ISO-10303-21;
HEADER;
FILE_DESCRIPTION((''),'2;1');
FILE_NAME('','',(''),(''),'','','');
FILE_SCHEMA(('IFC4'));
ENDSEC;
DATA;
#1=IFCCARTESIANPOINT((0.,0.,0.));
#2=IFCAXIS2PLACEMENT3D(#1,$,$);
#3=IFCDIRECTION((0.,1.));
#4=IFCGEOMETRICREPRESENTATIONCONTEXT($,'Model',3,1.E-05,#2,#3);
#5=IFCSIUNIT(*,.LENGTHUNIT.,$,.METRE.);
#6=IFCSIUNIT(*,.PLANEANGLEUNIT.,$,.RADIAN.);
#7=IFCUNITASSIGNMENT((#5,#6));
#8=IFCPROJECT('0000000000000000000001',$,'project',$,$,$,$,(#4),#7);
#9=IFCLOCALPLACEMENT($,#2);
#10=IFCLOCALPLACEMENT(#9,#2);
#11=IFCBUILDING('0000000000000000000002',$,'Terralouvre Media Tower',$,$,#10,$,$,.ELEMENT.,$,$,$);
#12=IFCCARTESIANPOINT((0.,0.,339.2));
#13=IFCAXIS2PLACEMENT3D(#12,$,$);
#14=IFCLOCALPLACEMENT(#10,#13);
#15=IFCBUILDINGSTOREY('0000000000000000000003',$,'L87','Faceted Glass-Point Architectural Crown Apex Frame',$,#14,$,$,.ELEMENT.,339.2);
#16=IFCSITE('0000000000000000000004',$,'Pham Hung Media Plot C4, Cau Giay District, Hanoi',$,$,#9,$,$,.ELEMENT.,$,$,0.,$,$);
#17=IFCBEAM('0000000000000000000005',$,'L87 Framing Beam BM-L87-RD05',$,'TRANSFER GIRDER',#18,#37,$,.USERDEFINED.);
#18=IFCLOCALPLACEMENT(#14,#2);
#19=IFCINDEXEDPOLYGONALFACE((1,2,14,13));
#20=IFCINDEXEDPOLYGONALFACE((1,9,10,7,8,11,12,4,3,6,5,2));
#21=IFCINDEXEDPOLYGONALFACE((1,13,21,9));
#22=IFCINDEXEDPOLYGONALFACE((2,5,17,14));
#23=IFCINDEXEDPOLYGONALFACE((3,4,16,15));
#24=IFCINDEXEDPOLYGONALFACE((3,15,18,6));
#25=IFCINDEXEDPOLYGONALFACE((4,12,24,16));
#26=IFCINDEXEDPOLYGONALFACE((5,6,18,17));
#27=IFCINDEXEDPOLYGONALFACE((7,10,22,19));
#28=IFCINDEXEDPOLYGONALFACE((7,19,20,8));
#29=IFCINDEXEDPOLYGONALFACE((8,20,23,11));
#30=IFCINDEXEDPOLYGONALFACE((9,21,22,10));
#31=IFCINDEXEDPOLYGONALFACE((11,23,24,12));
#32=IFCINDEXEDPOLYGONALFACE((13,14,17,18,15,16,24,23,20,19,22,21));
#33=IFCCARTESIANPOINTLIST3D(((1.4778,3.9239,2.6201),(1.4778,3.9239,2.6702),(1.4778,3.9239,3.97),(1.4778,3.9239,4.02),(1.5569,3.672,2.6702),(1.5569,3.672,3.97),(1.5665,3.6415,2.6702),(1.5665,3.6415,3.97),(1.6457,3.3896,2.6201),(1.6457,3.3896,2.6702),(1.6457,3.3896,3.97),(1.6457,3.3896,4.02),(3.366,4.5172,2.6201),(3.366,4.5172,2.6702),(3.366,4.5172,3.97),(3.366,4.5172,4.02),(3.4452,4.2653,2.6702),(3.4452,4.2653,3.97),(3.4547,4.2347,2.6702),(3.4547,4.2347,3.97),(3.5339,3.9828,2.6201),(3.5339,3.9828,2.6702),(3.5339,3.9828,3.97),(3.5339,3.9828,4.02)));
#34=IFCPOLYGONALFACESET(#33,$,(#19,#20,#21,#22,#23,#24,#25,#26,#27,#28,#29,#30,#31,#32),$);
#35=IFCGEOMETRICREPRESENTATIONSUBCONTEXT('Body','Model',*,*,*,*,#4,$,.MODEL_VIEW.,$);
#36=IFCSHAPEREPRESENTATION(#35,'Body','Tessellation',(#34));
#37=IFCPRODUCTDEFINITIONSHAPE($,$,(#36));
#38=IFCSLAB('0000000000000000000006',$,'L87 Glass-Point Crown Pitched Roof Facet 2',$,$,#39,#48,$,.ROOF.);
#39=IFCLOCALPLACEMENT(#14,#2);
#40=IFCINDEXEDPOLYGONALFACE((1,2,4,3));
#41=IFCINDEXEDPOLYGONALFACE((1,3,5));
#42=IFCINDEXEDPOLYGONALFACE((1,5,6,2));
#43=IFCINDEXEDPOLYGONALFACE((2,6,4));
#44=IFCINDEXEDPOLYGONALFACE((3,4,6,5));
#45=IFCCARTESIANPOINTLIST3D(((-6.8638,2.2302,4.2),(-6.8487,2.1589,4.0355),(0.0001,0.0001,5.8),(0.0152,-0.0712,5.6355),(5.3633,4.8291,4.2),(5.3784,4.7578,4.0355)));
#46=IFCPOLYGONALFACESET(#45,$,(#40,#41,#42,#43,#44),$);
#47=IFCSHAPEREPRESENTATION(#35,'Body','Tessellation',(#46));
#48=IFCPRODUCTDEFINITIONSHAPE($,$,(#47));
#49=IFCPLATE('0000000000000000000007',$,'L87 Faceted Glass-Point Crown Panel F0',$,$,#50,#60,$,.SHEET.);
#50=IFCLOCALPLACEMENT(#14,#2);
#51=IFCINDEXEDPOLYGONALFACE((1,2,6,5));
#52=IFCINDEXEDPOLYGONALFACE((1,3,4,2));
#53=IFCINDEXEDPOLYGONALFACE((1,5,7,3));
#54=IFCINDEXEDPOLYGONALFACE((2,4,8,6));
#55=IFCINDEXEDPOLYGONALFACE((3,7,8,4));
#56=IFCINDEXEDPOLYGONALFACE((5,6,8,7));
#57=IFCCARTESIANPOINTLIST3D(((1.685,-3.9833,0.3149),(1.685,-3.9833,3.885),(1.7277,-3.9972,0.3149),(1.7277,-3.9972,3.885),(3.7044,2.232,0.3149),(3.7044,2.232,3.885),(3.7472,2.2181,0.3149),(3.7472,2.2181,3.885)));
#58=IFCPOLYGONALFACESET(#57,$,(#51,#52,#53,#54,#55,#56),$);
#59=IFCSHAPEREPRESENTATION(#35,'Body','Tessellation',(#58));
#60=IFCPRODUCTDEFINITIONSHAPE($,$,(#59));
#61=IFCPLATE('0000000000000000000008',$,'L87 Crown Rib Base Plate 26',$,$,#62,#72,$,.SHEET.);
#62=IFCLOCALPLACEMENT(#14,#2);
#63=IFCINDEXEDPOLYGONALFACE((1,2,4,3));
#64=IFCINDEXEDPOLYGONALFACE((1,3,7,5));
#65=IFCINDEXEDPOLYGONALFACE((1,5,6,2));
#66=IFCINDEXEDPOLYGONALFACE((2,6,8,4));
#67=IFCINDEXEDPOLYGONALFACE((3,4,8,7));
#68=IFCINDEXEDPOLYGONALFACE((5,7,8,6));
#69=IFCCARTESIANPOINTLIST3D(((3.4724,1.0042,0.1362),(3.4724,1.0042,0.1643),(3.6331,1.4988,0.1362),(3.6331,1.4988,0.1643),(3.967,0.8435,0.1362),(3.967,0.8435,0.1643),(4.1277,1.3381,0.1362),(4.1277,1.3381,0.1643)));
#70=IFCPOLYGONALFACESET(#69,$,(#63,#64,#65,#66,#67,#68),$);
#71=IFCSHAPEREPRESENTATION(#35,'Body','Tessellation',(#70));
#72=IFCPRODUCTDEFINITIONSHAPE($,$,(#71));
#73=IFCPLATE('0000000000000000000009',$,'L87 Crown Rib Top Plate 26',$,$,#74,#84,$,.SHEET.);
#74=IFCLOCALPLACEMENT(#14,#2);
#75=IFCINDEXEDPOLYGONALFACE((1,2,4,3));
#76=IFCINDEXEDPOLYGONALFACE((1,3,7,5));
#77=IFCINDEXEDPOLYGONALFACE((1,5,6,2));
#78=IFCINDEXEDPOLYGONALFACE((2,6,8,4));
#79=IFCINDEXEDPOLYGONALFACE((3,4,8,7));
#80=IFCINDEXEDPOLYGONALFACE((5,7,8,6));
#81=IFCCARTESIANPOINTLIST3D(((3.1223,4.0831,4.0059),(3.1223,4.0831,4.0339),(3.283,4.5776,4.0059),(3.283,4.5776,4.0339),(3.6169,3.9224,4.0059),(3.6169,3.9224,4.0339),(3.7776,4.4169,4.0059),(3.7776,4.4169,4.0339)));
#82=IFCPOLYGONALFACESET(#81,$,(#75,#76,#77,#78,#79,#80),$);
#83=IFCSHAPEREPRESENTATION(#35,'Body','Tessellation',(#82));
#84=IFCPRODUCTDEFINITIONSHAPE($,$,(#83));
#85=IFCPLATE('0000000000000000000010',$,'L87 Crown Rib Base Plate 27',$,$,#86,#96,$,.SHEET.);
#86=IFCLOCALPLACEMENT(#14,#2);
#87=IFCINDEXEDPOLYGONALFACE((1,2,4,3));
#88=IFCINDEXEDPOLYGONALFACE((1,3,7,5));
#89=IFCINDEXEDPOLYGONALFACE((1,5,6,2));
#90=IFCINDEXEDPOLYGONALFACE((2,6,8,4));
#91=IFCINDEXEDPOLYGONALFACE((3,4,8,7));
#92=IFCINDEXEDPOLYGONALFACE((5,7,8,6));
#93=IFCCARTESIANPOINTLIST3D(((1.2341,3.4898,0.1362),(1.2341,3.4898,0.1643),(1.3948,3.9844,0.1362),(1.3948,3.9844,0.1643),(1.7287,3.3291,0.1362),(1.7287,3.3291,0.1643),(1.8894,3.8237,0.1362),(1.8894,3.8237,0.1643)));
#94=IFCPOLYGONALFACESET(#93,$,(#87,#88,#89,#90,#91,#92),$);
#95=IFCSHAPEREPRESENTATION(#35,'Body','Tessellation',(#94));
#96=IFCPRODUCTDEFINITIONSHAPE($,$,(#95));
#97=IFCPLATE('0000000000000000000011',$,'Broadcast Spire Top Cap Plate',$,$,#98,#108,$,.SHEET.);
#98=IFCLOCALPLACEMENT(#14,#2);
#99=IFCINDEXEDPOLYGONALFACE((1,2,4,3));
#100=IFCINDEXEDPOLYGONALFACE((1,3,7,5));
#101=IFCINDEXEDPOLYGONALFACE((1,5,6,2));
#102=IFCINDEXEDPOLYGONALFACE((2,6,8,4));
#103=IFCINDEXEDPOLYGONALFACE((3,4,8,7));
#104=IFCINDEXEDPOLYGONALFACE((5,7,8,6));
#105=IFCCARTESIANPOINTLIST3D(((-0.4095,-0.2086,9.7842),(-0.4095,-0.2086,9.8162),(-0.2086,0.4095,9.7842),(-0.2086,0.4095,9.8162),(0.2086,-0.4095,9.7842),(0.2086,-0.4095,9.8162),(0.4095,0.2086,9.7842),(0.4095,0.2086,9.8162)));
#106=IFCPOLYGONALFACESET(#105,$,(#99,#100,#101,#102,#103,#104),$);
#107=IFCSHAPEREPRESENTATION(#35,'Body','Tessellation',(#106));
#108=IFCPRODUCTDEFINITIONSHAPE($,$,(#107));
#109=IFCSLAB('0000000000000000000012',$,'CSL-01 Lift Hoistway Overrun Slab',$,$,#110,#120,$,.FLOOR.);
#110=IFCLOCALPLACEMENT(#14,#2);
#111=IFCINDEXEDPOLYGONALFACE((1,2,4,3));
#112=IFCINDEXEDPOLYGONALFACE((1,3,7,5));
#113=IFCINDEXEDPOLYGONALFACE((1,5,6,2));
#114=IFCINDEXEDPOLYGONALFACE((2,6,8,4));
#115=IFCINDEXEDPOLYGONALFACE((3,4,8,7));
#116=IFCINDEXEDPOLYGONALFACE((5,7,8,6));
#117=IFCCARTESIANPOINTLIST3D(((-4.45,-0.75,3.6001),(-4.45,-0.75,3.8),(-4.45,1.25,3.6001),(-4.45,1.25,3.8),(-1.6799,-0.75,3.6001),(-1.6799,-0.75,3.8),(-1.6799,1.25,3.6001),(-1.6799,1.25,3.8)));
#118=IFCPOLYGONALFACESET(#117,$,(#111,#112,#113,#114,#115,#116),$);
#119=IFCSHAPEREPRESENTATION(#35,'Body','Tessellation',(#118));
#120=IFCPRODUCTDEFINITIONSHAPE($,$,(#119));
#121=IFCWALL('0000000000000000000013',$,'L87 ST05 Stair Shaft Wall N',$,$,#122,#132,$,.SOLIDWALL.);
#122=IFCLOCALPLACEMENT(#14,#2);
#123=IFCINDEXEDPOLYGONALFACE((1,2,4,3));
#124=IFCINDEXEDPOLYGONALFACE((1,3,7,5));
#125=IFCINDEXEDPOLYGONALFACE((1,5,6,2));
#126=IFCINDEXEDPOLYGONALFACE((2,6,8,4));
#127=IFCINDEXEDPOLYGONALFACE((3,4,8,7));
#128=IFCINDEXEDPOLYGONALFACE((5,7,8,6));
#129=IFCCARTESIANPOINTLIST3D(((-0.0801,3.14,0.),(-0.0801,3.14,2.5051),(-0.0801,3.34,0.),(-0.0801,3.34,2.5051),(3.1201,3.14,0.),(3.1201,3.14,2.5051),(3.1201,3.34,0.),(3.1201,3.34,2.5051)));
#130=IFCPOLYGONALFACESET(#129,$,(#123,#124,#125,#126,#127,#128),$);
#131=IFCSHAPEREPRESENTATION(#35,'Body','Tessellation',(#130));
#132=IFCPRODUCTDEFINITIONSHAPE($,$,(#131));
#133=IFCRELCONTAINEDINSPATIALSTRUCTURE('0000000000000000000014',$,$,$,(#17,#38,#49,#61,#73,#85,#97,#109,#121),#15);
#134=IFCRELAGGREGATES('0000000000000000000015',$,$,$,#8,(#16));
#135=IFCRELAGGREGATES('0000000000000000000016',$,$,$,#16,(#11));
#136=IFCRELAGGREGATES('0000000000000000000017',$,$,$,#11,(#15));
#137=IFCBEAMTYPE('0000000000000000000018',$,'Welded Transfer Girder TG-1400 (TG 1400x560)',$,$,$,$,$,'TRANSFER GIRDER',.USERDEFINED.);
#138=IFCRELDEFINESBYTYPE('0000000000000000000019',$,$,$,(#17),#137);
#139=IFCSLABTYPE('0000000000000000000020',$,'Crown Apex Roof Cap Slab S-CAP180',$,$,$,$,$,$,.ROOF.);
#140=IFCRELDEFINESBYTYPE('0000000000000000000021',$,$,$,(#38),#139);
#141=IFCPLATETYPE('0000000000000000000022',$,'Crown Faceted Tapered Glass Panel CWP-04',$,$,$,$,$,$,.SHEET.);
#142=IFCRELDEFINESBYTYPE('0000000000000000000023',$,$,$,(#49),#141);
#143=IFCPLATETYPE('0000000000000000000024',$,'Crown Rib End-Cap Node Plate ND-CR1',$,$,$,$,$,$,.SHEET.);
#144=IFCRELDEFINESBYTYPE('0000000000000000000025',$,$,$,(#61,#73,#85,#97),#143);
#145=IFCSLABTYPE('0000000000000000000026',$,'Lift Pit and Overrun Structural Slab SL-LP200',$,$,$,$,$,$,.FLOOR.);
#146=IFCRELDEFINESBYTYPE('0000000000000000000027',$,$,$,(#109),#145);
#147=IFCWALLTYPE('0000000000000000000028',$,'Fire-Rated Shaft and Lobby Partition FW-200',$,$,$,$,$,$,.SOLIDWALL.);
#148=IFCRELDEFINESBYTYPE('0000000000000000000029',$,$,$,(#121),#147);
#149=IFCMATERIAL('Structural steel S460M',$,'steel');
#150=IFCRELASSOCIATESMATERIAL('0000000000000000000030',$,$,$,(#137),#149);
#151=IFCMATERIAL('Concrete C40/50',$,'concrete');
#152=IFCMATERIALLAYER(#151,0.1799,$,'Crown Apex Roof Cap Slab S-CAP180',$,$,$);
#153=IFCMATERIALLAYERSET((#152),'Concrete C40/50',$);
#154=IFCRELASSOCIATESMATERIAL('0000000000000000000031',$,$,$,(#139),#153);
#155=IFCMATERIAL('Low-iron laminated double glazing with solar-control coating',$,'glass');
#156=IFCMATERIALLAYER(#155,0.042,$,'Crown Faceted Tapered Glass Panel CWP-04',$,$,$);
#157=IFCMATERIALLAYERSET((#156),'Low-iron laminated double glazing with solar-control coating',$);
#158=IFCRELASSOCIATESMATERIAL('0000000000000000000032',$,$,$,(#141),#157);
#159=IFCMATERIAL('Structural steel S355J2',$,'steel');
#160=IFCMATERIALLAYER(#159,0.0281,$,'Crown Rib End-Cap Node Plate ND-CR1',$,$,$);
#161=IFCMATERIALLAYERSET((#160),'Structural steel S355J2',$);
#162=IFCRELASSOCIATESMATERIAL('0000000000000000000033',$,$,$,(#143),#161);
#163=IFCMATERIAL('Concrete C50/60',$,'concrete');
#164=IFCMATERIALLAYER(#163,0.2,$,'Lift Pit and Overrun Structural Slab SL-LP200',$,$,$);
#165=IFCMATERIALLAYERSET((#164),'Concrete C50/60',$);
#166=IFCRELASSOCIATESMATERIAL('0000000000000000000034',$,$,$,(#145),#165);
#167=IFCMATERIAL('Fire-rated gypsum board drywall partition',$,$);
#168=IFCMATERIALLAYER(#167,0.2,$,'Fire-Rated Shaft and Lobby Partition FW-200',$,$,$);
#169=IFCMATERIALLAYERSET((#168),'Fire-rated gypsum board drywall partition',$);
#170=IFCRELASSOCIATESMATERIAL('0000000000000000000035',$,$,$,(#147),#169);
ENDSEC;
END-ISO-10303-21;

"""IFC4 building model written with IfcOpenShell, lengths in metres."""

from ifc_helpers import new_model, si_unit, direction, frame, frame_2d, origin, origin_2d, place, context, subcontext, project, spatial, polyline, rectangle, i_section, outline, extrude, material, layer, layer_set, material_profile, profile_set, type_object, element, save


model = new_model("IFC4")

# Units and contexts
model_context = context("Model", 3, precision=1e-05, world=origin(), true_north=direction((0.0, 1.0)))
body_context = subcontext(model_context, "Body", "Model", "MODEL_VIEW")
ifc_project = project(units=[si_unit("LENGTHUNIT", "METRE"), si_unit("PLANEANGLEUNIT", "RADIAN")], contexts=[model_context])

# Site, building, storey
site_placement = place(None, origin())
site = spatial("IfcSite", under=ifc_project, at=site_placement, Name="Pham Hung Media Plot C4, Cau Giay District, Hanoi", CompositionType="ELEMENT", RefElevation=0.0)
building_placement = place(site_placement, origin())
building = spatial("IfcBuilding", under=site, at=building_placement, Name="Terralouvre Media Tower", CompositionType="ELEMENT")
storey_placement = place(building_placement, frame((0.0, 0.0, 339.2)))
storey = spatial("IfcBuildingStorey", under=building, at=storey_placement, Name="L87", Description="Faceted Glass-Point Architectural Crown Apex Frame", CompositionType="ELEMENT", Elevation=339.2)

# Beam
ifc_material_1 = material(Name="Structural steel S460M", Category="steel")
ifc_material_profile_1 = material_profile(ifc_material_1, i_section(OverallWidth=0.5601, OverallDepth=1.3999, WebThickness=0.032, FlangeThickness=0.05, at=origin_2d()), Name="TG 1400x560")
ifc_profile_set_1 = profile_set([ifc_material_profile_1], Name="Structural steel S460M")
beam_type = type_object("IfcBeamType", Name="Welded Transfer Girder TG-1400 (TG 1400x560)", ElementType="TRANSFER GIRDER", PredefinedType="USERDEFINED", material=ifc_profile_set_1)
beam_1_placement = place(storey_placement, frame((3.45, 4.25, 3.3201), z_axis=(-0.954018, -0.29975, 0.0), x_axis=(0.29975, -0.954018, 0.0)))
element("IfcBeam", 1, at=beam_1_placement, inside=storey, type_object=beam_type, Name="L87 Framing Beam BM-L87-RD05", ObjectType="TRANSFER GIRDER", PredefinedType="USERDEFINED", context=body_context, shape_type="SweptSolid", body=[
    extrude(i_section(OverallWidth=0.5601, OverallDepth=1.3999, WebThickness=0.032, FlangeThickness=0.05, at=origin_2d()), origin(), (0.0, 0.0, 1.0), 1.9792),
])

# Slab
ifc_material_2 = material(Name="Concrete C40/50", Category="concrete")
ifc_layer_1 = layer(ifc_material_2, 0.1799, Name="Crown Apex Roof Cap Slab S-CAP180")
ifc_layer_set_1 = layer_set([ifc_layer_1], Name="Concrete C40/50")
slab_type_1 = type_object("IfcSlabType", Name="Crown Apex Roof Cap Slab S-CAP180", PredefinedType="ROOF", material=ifc_layer_set_1)
slab_1_placement = place(storey_placement, frame((5.3633, 4.8291, 4.2), z_axis=(-0.084277, 0.396501, 0.914158), x_axis=(-0.978149, -0.207907, 0.0)))
element("IfcSlab", 2, at=slab_1_placement, inside=storey, type_object=slab_type_1, Name="L87 Glass-Point Crown Pitched Roof Facet 2", PredefinedType="ROOF", context=body_context, shape_type="SweptSolid", body=[
    extrude(outline(polyline([(0.0, 0.0), (12.5002, 0.0), (6.25, 3.9473), (0.0, 0.0)])), origin(), (0.0, 0.0, -1.0), 0.1799),
])

# Plates
ifc_material_3 = material(Name="Low-iron laminated double glazing with solar-control coating", Category="glass")
ifc_layer_2 = layer(ifc_material_3, 0.042, Name="Crown Faceted Tapered Glass Panel CWP-04")
ifc_layer_set_2 = layer_set([ifc_layer_2], Name="Low-iron laminated double glazing with solar-control coating")
plate_type_1 = type_object("IfcPlateType", Name="Crown Faceted Tapered Glass Panel CWP-04", PredefinedType="SHEET", material=ifc_layer_set_2)
plate_1_placement = place(storey_placement, frame((2.7161, -0.8826, 0.3149), z_axis=(0.0, 0.0, 1.0), x_axis=(0.309017, 0.951057, 0.0)))
element("IfcPlate", 3, at=plate_1_placement, inside=storey, type_object=plate_type_1, Name="L87 Faceted Glass-Point Crown Panel F0", PredefinedType="SHEET", context=body_context, shape_type="SweptSolid", body=[
    extrude(rectangle(XDim=6.5352, YDim=0.0449, at=origin_2d()), origin(), (0.0, 0.0, 1.0), 3.5701),
])
ifc_material_4 = material(Name="Structural steel S355J2", Category="steel")
ifc_layer_3 = layer(ifc_material_4, 0.0281, Name="Crown Rib End-Cap Node Plate ND-CR1")
ifc_layer_set_3 = layer_set([ifc_layer_3], Name="Structural steel S355J2")
plate_type_2 = type_object("IfcPlateType", Name="Crown Rib End-Cap Node Plate ND-CR1", PredefinedType="SHEET", material=ifc_layer_set_3)
for number, where, z_axis, x_axis, name in (
    (4, (3.8, 1.1711, 0.1362), (0.0, 0.0, 1.0), (0.309017, 0.951057, 0.0), "L87 Crown Rib Base Plate 26"),
    (5, (3.45, 4.25, 4.0059), (0.0, 0.0, 1.0), (0.309017, 0.951057, 0.0), "L87 Crown Rib Top Plate 26"),
    (6, (1.5618, 3.6567, 0.1362), (0.0, 0.0, 1.0), (0.309017, 0.951057, 0.0), "L87 Crown Rib Base Plate 27"),
):
    element("IfcPlate", number, at=place(storey_placement, frame(where, z_axis=z_axis, x_axis=x_axis)), inside=storey, type_object=plate_type_2, Name=name, PredefinedType="SHEET", context=body_context, shape_type="SweptSolid", body=[
        extrude(rectangle(XDim=0.52, YDim=0.52, at=origin_2d()), origin(), (0.0, 0.0, 1.0), 0.0281),
    ])
plate_2_placement = place(storey_placement, frame((0.0, 0.0, 9.7842), z_axis=(0.0, 0.0, 1.0), x_axis=(0.309017, 0.951057, 0.0)))
element("IfcPlate", 7, at=plate_2_placement, inside=storey, type_object=plate_type_2, Name="Broadcast Spire Top Cap Plate", PredefinedType="SHEET", context=body_context, shape_type="SweptSolid", body=[
    extrude(rectangle(XDim=0.6499, YDim=0.6499, at=origin_2d()), origin(), (0.0, 0.0, 1.0), 0.032),
])

# Slab
ifc_material_5 = material(Name="Concrete C50/60", Category="concrete")
ifc_layer_4 = layer(ifc_material_5, 0.2, Name="Lift Pit and Overrun Structural Slab SL-LP200")
ifc_layer_set_4 = layer_set([ifc_layer_4], Name="Concrete C50/60")
slab_type_2 = type_object("IfcSlabType", Name="Lift Pit and Overrun Structural Slab SL-LP200", PredefinedType="FLOOR", material=ifc_layer_set_4)
slab_2_placement = place(storey_placement, frame((0.0, 0.0, 3.6001)))
element("IfcSlab", 8, at=slab_2_placement, inside=storey, type_object=slab_type_2, Name="CSL-01 Lift Hoistway Overrun Slab", PredefinedType="FLOOR", context=body_context, shape_type="SweptSolid", body=[
    extrude(outline(polyline([(-4.45, -0.75), (-1.6799, -0.75), (-1.6799, 1.25), (-4.45, 1.25), (-4.45, -0.75)])), origin(), (0.0, 0.0, 1.0), 0.2),
])

# Wall
ifc_material_6 = material(Name="Fire-rated gypsum board drywall partition")
ifc_layer_5 = layer(ifc_material_6, 0.2, Name="Fire-Rated Shaft and Lobby Partition FW-200")
ifc_layer_set_5 = layer_set([ifc_layer_5], Name="Fire-rated gypsum board drywall partition")
wall_type = type_object("IfcWallType", Name="Fire-Rated Shaft and Lobby Partition FW-200", PredefinedType="SOLIDWALL", material=ifc_layer_set_5)
wall_placement = place(storey_placement, frame((3.1201, 3.24, 0.0), z_axis=(0.0, 0.0, 1.0), x_axis=(-1.0, 0.0, 0.0)))
element("IfcWall", 9, at=wall_placement, inside=storey, type_object=wall_type, Name="L87 ST05 Stair Shaft Wall N", PredefinedType="SOLIDWALL", context=body_context, shape_type="SweptSolid", body=[
    extrude(rectangle(XDim=3.2002, YDim=0.2, at=frame_2d((1.6001, 0.0))), origin(), (0.0, 0.0, 1.0), 2.5051),
])

save(model, "model.ifc")
